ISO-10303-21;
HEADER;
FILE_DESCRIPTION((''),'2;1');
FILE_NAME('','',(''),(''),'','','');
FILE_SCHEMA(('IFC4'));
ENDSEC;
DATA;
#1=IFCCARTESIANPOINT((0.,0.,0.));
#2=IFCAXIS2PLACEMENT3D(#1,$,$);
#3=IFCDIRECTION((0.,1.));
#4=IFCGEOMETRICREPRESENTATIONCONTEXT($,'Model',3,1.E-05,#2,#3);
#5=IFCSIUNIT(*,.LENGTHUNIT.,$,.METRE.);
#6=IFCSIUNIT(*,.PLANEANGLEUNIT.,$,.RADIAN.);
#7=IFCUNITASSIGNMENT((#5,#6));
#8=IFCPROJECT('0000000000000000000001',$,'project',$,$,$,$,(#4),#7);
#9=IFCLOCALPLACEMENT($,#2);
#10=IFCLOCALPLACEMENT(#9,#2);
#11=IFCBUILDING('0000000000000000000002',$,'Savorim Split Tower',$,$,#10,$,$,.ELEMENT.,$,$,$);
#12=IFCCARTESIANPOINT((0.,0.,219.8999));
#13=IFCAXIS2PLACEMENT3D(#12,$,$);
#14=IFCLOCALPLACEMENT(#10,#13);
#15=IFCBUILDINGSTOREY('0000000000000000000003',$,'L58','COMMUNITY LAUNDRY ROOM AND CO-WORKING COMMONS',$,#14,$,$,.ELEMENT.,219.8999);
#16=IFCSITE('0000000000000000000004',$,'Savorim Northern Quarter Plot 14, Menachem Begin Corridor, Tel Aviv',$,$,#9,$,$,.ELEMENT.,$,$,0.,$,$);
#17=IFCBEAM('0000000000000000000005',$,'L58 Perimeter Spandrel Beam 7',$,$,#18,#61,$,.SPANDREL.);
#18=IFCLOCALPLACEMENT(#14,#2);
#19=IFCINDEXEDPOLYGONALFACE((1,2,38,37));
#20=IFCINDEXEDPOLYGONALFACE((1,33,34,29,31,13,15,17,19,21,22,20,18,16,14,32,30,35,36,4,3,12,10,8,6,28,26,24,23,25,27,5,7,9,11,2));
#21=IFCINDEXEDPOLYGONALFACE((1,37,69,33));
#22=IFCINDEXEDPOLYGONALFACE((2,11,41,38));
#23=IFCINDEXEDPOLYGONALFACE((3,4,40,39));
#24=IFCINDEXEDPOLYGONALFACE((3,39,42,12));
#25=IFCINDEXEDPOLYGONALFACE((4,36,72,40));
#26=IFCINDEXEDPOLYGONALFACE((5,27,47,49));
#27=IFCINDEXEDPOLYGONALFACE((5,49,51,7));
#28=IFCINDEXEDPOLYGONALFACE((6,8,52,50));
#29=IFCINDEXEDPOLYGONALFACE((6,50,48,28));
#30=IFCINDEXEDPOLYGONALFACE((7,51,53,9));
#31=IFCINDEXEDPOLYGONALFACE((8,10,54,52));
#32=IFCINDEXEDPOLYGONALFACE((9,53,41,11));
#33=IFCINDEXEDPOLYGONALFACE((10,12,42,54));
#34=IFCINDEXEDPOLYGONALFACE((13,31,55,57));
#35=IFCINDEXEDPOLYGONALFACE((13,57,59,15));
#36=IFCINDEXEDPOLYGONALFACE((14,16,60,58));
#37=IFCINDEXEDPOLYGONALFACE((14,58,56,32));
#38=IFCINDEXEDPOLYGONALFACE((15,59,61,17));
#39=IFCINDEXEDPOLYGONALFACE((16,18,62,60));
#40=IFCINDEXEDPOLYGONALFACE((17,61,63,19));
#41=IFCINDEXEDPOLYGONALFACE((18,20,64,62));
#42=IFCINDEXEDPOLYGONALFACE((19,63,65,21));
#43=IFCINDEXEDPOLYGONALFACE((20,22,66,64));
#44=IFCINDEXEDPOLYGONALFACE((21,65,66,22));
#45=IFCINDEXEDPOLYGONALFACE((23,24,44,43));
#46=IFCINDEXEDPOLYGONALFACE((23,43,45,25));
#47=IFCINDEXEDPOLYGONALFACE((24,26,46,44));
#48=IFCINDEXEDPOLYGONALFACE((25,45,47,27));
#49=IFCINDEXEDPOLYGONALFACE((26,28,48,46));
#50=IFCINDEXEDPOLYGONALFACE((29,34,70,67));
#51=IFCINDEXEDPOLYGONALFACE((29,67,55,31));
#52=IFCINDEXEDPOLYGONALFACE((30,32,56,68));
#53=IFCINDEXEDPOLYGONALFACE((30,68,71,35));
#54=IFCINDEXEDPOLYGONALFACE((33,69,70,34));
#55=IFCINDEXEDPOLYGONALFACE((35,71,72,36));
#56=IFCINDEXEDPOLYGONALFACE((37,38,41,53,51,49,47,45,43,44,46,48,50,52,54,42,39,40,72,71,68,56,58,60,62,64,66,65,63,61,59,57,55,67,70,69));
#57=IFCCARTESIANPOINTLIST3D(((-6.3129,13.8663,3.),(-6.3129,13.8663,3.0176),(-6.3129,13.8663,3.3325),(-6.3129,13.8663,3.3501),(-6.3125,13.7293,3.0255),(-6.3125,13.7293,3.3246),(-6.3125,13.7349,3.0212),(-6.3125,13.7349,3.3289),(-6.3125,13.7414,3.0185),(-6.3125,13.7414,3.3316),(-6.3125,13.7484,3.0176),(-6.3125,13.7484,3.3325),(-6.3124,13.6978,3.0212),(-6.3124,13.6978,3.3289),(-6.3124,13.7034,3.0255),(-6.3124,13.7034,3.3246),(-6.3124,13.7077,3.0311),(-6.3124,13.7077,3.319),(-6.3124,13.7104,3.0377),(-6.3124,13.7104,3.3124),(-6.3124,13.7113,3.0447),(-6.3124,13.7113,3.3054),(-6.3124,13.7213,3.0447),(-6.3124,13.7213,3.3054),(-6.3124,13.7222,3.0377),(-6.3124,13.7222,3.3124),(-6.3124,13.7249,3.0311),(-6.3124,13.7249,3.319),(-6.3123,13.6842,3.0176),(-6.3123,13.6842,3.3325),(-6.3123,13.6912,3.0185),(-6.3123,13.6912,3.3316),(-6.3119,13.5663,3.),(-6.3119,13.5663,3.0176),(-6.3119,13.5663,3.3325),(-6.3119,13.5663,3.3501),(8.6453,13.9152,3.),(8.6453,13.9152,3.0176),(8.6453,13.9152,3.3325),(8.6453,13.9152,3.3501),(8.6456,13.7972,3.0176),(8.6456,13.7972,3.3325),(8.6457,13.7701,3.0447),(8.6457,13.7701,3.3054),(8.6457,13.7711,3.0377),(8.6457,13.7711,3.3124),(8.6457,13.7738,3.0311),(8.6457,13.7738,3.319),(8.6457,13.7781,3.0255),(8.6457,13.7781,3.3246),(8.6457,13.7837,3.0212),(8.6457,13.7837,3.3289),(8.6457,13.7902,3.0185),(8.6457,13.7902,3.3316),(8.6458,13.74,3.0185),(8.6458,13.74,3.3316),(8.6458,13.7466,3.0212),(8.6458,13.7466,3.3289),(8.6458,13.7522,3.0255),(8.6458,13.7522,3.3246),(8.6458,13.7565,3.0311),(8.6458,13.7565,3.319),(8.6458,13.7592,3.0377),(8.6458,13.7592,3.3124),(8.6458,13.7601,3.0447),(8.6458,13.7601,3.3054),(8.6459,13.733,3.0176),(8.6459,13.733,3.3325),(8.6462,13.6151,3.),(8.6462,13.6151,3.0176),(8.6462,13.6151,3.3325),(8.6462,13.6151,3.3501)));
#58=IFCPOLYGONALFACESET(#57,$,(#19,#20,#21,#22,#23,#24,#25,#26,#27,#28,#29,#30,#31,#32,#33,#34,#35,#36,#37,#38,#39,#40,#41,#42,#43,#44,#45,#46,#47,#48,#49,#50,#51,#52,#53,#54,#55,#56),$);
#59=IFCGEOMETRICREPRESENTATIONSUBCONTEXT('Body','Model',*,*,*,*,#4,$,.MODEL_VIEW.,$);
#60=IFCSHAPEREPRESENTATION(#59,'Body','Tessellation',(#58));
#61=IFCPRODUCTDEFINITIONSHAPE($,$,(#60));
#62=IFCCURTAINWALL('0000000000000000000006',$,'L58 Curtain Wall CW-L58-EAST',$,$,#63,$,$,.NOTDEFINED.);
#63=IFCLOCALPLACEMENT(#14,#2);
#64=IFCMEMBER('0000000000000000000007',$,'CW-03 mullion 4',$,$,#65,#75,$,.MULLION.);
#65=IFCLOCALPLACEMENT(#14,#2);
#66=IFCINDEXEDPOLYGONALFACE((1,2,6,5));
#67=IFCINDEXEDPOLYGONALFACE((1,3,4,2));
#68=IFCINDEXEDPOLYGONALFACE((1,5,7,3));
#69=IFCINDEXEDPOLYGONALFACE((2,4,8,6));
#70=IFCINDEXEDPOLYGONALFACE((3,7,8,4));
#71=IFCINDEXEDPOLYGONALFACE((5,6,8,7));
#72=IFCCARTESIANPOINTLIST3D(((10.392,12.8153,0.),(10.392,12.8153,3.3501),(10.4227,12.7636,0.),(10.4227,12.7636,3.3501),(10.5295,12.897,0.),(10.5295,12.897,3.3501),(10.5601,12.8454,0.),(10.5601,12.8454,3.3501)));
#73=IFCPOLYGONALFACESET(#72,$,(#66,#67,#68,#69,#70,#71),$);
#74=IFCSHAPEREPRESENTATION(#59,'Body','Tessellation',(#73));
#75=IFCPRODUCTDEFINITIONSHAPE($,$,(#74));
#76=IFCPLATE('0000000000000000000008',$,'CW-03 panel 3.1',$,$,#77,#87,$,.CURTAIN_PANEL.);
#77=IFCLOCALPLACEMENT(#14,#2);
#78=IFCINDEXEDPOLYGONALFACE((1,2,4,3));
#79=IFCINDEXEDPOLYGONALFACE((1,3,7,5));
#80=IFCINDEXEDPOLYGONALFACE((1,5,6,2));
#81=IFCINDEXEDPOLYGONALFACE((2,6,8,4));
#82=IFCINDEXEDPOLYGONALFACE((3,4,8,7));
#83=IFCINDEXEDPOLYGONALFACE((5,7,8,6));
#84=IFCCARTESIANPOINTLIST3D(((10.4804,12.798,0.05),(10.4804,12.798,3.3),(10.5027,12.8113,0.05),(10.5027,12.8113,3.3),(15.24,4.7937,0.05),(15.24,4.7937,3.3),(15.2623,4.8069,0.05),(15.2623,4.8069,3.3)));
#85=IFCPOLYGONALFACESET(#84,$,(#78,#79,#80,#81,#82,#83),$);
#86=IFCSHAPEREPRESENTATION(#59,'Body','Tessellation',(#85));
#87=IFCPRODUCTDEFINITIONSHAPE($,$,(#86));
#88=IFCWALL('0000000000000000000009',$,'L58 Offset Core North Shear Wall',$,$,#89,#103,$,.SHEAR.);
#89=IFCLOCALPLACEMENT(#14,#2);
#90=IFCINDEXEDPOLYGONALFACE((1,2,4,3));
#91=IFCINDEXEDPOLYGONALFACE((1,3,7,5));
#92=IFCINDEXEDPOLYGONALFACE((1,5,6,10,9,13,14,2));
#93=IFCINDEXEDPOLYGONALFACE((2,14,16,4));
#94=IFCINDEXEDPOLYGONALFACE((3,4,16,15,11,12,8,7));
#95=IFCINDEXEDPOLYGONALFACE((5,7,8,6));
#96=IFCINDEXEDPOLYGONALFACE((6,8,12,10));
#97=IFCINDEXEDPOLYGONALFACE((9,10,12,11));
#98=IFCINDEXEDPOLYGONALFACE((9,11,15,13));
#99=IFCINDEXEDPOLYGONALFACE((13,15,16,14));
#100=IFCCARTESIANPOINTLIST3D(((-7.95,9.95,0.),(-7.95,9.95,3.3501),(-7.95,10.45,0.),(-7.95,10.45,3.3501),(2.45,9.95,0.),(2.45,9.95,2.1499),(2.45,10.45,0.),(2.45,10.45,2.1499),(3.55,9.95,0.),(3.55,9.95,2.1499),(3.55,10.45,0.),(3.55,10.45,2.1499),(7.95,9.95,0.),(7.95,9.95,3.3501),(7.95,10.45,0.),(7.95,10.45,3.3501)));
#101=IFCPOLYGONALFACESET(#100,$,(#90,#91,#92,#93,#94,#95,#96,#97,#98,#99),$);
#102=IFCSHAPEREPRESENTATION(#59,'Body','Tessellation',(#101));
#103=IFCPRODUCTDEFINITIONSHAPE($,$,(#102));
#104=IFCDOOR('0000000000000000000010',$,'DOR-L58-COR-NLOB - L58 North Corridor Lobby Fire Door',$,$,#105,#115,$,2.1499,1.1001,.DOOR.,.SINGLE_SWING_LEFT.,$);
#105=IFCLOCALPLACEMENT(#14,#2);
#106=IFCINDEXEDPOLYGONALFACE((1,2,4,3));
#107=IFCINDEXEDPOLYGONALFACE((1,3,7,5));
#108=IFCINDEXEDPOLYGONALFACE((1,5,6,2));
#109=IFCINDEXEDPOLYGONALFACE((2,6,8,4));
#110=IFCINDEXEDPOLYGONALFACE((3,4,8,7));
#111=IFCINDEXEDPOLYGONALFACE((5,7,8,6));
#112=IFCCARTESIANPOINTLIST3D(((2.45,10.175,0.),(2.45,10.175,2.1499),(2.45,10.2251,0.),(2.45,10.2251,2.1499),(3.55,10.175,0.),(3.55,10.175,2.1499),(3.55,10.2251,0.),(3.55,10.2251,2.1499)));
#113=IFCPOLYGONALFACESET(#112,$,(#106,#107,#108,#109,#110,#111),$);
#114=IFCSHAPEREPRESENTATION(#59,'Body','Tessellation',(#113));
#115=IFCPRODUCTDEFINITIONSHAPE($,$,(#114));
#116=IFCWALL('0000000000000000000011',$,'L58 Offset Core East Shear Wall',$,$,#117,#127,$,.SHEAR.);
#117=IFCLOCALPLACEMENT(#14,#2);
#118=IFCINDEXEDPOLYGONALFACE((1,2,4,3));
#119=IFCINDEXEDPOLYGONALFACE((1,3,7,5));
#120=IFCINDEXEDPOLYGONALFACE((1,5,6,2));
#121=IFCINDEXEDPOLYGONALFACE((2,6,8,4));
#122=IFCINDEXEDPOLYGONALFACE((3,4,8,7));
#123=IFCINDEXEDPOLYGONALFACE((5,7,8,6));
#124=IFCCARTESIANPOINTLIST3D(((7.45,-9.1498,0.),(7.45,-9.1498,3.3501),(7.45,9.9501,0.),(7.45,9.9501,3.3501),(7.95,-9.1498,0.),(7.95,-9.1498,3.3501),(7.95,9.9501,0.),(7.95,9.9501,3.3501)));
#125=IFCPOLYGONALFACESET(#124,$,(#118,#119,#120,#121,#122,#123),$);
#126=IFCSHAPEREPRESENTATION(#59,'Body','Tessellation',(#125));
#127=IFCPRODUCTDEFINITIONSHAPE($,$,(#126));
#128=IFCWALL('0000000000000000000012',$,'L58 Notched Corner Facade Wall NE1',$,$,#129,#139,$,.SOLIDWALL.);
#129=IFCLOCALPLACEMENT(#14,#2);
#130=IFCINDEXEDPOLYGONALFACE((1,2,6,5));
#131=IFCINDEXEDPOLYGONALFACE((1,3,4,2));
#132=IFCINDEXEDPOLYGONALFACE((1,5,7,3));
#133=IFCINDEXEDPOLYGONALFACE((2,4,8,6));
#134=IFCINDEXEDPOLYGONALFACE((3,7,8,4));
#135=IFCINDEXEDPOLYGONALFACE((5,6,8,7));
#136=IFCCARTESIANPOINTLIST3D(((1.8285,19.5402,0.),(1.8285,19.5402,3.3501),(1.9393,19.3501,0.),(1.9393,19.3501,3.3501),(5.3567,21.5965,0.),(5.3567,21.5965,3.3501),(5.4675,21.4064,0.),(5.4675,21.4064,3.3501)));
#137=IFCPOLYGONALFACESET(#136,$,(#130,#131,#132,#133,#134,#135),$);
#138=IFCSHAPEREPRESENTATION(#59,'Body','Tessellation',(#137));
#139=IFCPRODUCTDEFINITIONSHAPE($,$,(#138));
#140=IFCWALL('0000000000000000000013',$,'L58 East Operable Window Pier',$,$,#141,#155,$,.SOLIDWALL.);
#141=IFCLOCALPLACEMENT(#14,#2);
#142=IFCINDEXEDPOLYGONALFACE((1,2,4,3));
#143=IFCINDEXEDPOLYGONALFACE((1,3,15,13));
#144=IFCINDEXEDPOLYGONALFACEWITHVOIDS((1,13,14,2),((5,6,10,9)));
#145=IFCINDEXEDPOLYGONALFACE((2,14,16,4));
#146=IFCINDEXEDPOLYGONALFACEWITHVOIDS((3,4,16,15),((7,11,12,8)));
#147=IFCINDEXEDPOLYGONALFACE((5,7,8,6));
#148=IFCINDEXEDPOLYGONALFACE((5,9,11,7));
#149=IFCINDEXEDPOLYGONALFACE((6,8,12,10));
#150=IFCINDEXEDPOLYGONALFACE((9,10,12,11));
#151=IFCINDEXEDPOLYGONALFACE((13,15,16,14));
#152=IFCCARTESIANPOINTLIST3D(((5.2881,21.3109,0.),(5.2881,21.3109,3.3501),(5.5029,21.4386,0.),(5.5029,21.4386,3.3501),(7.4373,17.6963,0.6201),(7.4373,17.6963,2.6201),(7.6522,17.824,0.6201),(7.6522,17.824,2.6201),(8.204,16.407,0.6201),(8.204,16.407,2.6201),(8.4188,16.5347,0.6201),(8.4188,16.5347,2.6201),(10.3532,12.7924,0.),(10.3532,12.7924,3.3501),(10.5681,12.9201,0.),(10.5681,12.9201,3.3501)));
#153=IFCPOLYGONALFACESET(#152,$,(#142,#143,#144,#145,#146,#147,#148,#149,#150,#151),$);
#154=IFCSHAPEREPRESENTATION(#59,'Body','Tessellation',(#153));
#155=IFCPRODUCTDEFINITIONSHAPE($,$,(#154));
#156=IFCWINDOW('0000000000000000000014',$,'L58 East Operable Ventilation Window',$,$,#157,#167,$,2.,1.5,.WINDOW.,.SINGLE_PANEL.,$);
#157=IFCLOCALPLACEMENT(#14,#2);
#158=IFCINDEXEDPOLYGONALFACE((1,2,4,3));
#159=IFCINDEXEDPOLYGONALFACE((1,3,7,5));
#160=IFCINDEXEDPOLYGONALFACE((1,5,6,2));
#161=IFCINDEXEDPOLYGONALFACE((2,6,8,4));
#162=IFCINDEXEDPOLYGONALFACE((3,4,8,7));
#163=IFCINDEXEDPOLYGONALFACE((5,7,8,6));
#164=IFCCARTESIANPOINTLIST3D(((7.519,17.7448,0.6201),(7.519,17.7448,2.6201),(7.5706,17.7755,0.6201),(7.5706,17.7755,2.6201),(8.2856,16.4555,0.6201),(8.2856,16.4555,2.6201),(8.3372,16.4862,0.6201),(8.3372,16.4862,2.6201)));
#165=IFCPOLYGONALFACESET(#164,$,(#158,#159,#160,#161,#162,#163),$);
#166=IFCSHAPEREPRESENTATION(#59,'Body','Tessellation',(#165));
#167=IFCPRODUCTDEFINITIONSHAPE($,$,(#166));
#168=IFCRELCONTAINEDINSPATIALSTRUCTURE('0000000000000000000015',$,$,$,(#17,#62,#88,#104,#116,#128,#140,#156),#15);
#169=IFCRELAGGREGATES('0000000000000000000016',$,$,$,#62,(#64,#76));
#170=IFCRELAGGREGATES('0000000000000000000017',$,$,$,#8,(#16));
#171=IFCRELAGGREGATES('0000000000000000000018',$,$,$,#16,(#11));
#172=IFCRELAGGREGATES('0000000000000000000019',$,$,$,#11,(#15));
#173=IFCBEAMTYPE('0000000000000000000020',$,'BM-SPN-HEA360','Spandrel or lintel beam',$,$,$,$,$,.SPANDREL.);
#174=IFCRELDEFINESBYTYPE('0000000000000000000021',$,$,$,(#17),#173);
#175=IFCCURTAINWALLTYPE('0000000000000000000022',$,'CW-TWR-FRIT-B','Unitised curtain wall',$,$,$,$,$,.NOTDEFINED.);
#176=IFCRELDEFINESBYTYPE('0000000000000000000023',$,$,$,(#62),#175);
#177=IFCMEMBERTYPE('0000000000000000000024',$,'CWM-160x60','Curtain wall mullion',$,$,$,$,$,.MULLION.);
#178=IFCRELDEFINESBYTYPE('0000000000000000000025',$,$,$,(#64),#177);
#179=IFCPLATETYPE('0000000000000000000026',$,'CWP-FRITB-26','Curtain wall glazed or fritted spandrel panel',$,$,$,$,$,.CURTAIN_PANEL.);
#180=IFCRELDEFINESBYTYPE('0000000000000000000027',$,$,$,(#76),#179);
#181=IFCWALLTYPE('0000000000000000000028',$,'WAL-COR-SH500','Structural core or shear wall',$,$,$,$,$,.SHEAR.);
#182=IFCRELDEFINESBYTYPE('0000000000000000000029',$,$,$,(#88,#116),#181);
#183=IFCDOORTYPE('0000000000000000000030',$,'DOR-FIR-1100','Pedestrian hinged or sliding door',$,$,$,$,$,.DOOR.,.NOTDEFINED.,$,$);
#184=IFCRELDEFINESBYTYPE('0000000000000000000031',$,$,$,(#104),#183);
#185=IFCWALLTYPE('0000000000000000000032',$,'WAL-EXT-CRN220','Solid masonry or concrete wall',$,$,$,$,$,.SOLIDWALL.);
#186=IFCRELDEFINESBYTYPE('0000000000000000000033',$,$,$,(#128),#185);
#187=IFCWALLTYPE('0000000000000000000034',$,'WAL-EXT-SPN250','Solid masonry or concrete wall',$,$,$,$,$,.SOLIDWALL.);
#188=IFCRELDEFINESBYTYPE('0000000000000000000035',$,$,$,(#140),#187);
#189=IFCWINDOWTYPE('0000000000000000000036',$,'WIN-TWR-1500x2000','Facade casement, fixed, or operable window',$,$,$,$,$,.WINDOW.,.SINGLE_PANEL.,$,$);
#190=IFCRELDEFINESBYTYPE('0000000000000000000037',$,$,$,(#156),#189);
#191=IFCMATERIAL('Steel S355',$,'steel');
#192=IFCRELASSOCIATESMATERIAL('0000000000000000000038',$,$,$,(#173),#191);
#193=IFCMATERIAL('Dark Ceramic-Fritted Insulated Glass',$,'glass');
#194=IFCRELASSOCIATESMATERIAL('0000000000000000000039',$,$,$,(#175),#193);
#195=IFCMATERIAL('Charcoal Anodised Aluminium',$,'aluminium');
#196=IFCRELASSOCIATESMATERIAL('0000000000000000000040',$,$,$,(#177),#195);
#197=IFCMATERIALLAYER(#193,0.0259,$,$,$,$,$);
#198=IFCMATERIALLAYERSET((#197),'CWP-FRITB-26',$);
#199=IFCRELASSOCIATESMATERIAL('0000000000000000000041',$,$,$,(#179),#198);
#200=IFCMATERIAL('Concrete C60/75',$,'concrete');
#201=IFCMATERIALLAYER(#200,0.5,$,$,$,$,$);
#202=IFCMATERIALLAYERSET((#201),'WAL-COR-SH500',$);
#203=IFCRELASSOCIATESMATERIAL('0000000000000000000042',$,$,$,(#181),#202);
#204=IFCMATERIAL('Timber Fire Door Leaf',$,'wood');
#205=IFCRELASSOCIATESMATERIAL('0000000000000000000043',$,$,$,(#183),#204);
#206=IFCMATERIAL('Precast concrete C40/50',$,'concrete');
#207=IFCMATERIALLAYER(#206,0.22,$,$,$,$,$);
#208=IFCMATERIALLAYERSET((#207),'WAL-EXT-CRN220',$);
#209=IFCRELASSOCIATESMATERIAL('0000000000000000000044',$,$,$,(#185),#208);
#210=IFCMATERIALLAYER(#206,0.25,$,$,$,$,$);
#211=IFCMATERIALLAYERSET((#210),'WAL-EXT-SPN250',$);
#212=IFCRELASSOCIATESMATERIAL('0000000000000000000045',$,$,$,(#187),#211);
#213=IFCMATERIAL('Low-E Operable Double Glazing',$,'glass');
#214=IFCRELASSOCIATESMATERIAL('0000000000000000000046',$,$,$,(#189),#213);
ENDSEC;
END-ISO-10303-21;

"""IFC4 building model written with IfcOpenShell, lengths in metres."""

from ifc_helpers import new_model, si_unit, direction, frame, frame_2d, origin, origin_2d, place, context, subcontext, project, spatial, rectangle, i_section, extrude, material, layer, layer_set, material_profile, profile_set, type_object, element, fill, aggregate, save


model = new_model("IFC4")

# Units and contexts
model_context = context("Model", 3, precision=1e-05, world=origin(), true_north=direction((0.0, 1.0)))
body_context = subcontext(model_context, "Body", "Model", "MODEL_VIEW")
ifc_project = project(units=[si_unit("LENGTHUNIT", "METRE"), si_unit("PLANEANGLEUNIT", "RADIAN")], contexts=[model_context])

# Site, building, storey
site_placement = place(None, origin())
site = spatial("IfcSite", under=ifc_project, at=site_placement, Name="Savorim Northern Quarter Plot 14, Menachem Begin Corridor, Tel Aviv", CompositionType="ELEMENT", RefElevation=0.0)
building_placement = place(site_placement, origin())
building = spatial("IfcBuilding", under=site, at=building_placement, Name="Savorim Split Tower", CompositionType="ELEMENT")
storey_placement = place(building_placement, frame((0.0, 0.0, 219.8999)))
storey = spatial("IfcBuildingStorey", under=building, at=storey_placement, Name="L58", Description="COMMUNITY LAUNDRY ROOM AND CO-WORKING COMMONS", CompositionType="ELEMENT", Elevation=219.8999)

# Shared definitions
ifc_material_1 = material(Name="Steel S355", Category="steel")

# Beam
ifc_material_profile_1 = material_profile(ifc_material_1, i_section(OverallWidth=0.3, OverallDepth=0.3501, WebThickness=0.01, FlangeThickness=0.0176, FilletRadius=0.0271, at=origin_2d()), Name="HEA 360")
ifc_profile_set_1 = profile_set([ifc_material_profile_1], Name="Steel S355")
beam_type_1 = type_object("IfcBeamType", Name="BM-SPN-HEA360", Description="Spandrel or lintel beam", PredefinedType="SPANDREL", material=ifc_profile_set_1)
beam_1_placement = place(storey_placement, frame((8.6458, 13.7651, 3.175), z_axis=(-0.999995, -0.003264, 0.0), x_axis=(0.003264, -0.999995, 0.0)))
element("IfcBeam", 1, at=beam_1_placement, inside=storey, type_object=beam_type_1, Name="L58 Perimeter Spandrel Beam 7", PredefinedType="SPANDREL", context=body_context, shape_type="SweptSolid", body=[
    extrude(i_section(OverallWidth=0.3, OverallDepth=0.3501, WebThickness=0.01, FlangeThickness=0.0176, FilletRadius=0.0271, at=origin_2d()), origin(), (0.0, 0.0, 1.0), 14.9583),
])

# Curtain wall, member, plate
ifc_material_2 = material(Name="Dark Ceramic-Fritted Insulated Glass", Category="glass")
curtain_wall_type = type_object("IfcCurtainWallType", Name="CW-TWR-FRIT-B", Description="Unitised curtain wall", PredefinedType="NOTDEFINED", material=ifc_material_2)
curtain_wall_placement = place(storey_placement, origin())
curtain_wall = element("IfcCurtainWall", 2, at=curtain_wall_placement, inside=storey, type_object=curtain_wall_type, Name="L58 Curtain Wall CW-L58-EAST", PredefinedType="NOTDEFINED")
ifc_material_3 = material(Name="Charcoal Anodised Aluminium", Category="aluminium")
ifc_material_profile_2 = material_profile(ifc_material_3, rectangle(XDim=0.1599, YDim=0.0601, at=origin_2d()), Name="ALU-M 160x60")
ifc_profile_set_2 = profile_set([ifc_material_profile_2], Name="Charcoal Anodised Aluminium")
member_type = type_object("IfcMemberType", Name="CWM-160x60", Description="Curtain wall mullion", PredefinedType="MULLION", material=ifc_profile_set_2)
member_placement = place(storey_placement, frame((10.4761, 12.8303, 0.0), z_axis=(0.0, 0.0, 1.0), x_axis=(-0.859524, -0.511096, 0.0)))
member = element("IfcMember", 3, at=member_placement, type_object=member_type, Name="CW-03 mullion 4", PredefinedType="MULLION", context=body_context, shape_type="SweptSolid", body=[
    extrude(rectangle(XDim=0.1599, YDim=0.0601, at=origin_2d()), origin(), (0.0, 0.0, 1.0), 3.3501),
])
ifc_layer_1 = layer(ifc_material_2, 0.0259)
ifc_layer_set_1 = layer_set([ifc_layer_1], Name="CWP-FRITB-26")
plate_type = type_object("IfcPlateType", Name="CWP-FRITB-26", Description="Curtain wall glazed or fritted spandrel panel", PredefinedType="CURTAIN_PANEL", material=ifc_layer_set_1)
plate_placement = place(storey_placement, frame((12.8713, 8.8025, 0.05), z_axis=(0.0, 0.0, 1.0), x_axis=(-0.511096, 0.859524, 0.0)))
plate = element("IfcPlate", 4, at=plate_placement, type_object=plate_type, Name="CW-03 panel 3.1", PredefinedType="CURTAIN_PANEL", context=body_context, shape_type="SweptSolid", body=[
    extrude(rectangle(XDim=9.3125, YDim=0.0259, at=origin_2d()), origin(), (0.0, 0.0, 1.0), 3.25),
])
aggregate(curtain_wall, [member, plate])

# Wall, opening, door
ifc_material_4 = material(Name="Concrete C60/75", Category="concrete")
ifc_layer_2 = layer(ifc_material_4, 0.5)
ifc_layer_set_2 = layer_set([ifc_layer_2], Name="WAL-COR-SH500")
wall_type_1 = type_object("IfcWallType", Name="WAL-COR-SH500", Description="Structural core or shear wall", PredefinedType="SHEAR", material=ifc_layer_set_2)
wall_1_placement = place(storey_placement, frame((7.95, 10.2, 0.0), z_axis=(0.0, 0.0, 1.0), x_axis=(-1.0, 0.0, 0.0)))
wall_1 = element("IfcWall", 5, at=wall_1_placement, inside=storey, type_object=wall_type_1, Name="L58 Offset Core North Shear Wall", PredefinedType="SHEAR", context=body_context, shape_type="SweptSolid", body=[
    extrude(rectangle(XDim=15.8999, YDim=0.5, at=frame_2d((7.95, 0.0))), origin(), (0.0, 0.0, 1.0), 3.3501),
])
opening_1_placement = place(wall_1_placement, frame((4.3999, 0.0, 0.0)))
opening_1 = element("IfcOpeningElement", 6, at=opening_1_placement, cuts=wall_1, PredefinedType="OPENING", context=body_context, shape_type="SweptSolid", body=[
    extrude(rectangle(XDim=1.1001, YDim=2.1499, at=frame_2d((0.55, 1.075))), frame((0.0, 0.26, 0.0), z_axis=(0.0, -1.0, 0.0), x_axis=(1.0, 0.0, 0.0)), (0.0, 0.0, 1.0), 0.52),
])
ifc_material_5 = material(Name="Timber Fire Door Leaf", Category="wood")
door_type_1 = type_object("IfcDoorType", Name="DOR-FIR-1100", Description="Pedestrian hinged or sliding door", OperationType="NOTDEFINED", PredefinedType="DOOR", material=ifc_material_5)
door_1_placement = place(opening_1_placement, origin())
door_1 = element("IfcDoor", 7, at=door_1_placement, inside=storey, type_object=door_type_1, Name="DOR-L58-COR-NLOB - L58 North Corridor Lobby Fire Door", OperationType="SINGLE_SWING_LEFT", OverallHeight=2.1499, OverallWidth=1.1001, PredefinedType="DOOR", context=body_context, shape_type="SweptSolid", body=[
    extrude(rectangle(XDim=1.1001, YDim=2.1499, at=frame_2d((0.55, 1.075))), frame((0.0, 0.0249, 0.0), z_axis=(0.0, -1.0, 0.0), x_axis=(1.0, 0.0, 0.0)), (0.0, 0.0, 1.0), 0.05),
])
fill(opening_1, door_1)

# Walls
wall_2_placement = place(storey_placement, frame((7.7, 9.95, 0.0), z_axis=(0.0, 0.0, 1.0), x_axis=(0.0, -1.0, 0.0)))
element("IfcWall", 8, at=wall_2_placement, inside=storey, type_object=wall_type_1, Name="L58 Offset Core East Shear Wall", PredefinedType="SHEAR", context=body_context, shape_type="SweptSolid", body=[
    extrude(rectangle(XDim=19.0999, YDim=0.5, at=frame_2d((9.5498, 0.0))), origin(), (0.0, 0.0, 1.0), 3.3501),
])
ifc_material_6 = material(Name="Precast concrete C40/50", Category="concrete")
ifc_layer_3 = layer(ifc_material_6, 0.22)
ifc_layer_set_3 = layer_set([ifc_layer_3], Name="WAL-EXT-CRN220")
wall_type_2 = type_object("IfcWallType", Name="WAL-EXT-CRN220", Description="Solid masonry or concrete wall", PredefinedType="SOLIDWALL", material=ifc_layer_set_3)
wall_3_placement = place(storey_placement, frame((1.8838, 19.4451, 0.0), z_axis=(0.0, 0.0, 1.0), x_axis=(0.86397, 0.503544, 0.0)))
element("IfcWall", 9, at=wall_3_placement, inside=storey, type_object=wall_type_2, Name="L58 Notched Corner Facade Wall NE1", PredefinedType="SOLIDWALL", context=body_context, shape_type="SweptSolid", body=[
    extrude(rectangle(XDim=4.0837, YDim=0.22, at=frame_2d((2.042, 0.0))), origin(), (0.0, 0.0, 1.0), 3.3501),
])

# Wall, opening, window
ifc_layer_4 = layer(ifc_material_6, 0.25)
ifc_layer_set_4 = layer_set([ifc_layer_4], Name="WAL-EXT-SPN250")
wall_type_3 = type_object("IfcWallType", Name="WAL-EXT-SPN250", Description="Solid masonry or concrete wall", PredefinedType="SOLIDWALL", material=ifc_layer_set_4)
wall_4_placement = place(storey_placement, frame((5.3955, 21.3748, 0.0), z_axis=(0.0, 0.0, 1.0), x_axis=(0.511083, -0.859532, 0.0)))
wall_4 = element("IfcWall", 10, at=wall_4_placement, inside=storey, type_object=wall_type_3, Name="L58 East Operable Window Pier", PredefinedType="SOLIDWALL", context=body_context, shape_type="SweptSolid", body=[
    extrude(rectangle(XDim=9.9106, YDim=0.25, at=frame_2d((4.9553, 0.0))), origin(), (0.0, 0.0, 1.0), 3.3501),
])
opening_2_placement = place(wall_4_placement, frame((4.2053, 0.0, 0.6201)))
opening_2 = element("IfcOpeningElement", 11, at=opening_2_placement, cuts=wall_4, PredefinedType="OPENING", context=body_context, shape_type="SweptSolid", body=[
    extrude(rectangle(XDim=1.5, YDim=2.0, at=frame_2d((0.75, 1.0))), frame((0.0, 0.135, 0.0), z_axis=(0.0, -1.0, 0.0), x_axis=(1.0, 0.0, 0.0)), (0.0, 0.0, 1.0), 0.27),
])
ifc_material_7 = material(Name="Low-E Operable Double Glazing", Category="glass")
window_type = type_object("IfcWindowType", Name="WIN-TWR-1500x2000", Description="Facade casement, fixed, or operable window", PartitioningType="SINGLE_PANEL", PredefinedType="WINDOW", material=ifc_material_7)
window_placement = place(opening_2_placement, origin())
window = element("IfcWindow", 12, at=window_placement, inside=storey, type_object=window_type, Name="L58 East Operable Ventilation Window", OverallHeight=2.0, OverallWidth=1.5, PartitioningType="SINGLE_PANEL", PredefinedType="WINDOW", context=body_context, shape_type="SweptSolid", body=[
    extrude(rectangle(XDim=1.5, YDim=2.0, at=frame_2d((0.75, 1.0))), frame((0.0, 0.03, 0.0), z_axis=(0.0, -1.0, 0.0), x_axis=(1.0, 0.0, 0.0)), (0.0, 0.0, 1.0), 0.0601),
])
fill(opening_2, window)

save(model, "model.ifc")
